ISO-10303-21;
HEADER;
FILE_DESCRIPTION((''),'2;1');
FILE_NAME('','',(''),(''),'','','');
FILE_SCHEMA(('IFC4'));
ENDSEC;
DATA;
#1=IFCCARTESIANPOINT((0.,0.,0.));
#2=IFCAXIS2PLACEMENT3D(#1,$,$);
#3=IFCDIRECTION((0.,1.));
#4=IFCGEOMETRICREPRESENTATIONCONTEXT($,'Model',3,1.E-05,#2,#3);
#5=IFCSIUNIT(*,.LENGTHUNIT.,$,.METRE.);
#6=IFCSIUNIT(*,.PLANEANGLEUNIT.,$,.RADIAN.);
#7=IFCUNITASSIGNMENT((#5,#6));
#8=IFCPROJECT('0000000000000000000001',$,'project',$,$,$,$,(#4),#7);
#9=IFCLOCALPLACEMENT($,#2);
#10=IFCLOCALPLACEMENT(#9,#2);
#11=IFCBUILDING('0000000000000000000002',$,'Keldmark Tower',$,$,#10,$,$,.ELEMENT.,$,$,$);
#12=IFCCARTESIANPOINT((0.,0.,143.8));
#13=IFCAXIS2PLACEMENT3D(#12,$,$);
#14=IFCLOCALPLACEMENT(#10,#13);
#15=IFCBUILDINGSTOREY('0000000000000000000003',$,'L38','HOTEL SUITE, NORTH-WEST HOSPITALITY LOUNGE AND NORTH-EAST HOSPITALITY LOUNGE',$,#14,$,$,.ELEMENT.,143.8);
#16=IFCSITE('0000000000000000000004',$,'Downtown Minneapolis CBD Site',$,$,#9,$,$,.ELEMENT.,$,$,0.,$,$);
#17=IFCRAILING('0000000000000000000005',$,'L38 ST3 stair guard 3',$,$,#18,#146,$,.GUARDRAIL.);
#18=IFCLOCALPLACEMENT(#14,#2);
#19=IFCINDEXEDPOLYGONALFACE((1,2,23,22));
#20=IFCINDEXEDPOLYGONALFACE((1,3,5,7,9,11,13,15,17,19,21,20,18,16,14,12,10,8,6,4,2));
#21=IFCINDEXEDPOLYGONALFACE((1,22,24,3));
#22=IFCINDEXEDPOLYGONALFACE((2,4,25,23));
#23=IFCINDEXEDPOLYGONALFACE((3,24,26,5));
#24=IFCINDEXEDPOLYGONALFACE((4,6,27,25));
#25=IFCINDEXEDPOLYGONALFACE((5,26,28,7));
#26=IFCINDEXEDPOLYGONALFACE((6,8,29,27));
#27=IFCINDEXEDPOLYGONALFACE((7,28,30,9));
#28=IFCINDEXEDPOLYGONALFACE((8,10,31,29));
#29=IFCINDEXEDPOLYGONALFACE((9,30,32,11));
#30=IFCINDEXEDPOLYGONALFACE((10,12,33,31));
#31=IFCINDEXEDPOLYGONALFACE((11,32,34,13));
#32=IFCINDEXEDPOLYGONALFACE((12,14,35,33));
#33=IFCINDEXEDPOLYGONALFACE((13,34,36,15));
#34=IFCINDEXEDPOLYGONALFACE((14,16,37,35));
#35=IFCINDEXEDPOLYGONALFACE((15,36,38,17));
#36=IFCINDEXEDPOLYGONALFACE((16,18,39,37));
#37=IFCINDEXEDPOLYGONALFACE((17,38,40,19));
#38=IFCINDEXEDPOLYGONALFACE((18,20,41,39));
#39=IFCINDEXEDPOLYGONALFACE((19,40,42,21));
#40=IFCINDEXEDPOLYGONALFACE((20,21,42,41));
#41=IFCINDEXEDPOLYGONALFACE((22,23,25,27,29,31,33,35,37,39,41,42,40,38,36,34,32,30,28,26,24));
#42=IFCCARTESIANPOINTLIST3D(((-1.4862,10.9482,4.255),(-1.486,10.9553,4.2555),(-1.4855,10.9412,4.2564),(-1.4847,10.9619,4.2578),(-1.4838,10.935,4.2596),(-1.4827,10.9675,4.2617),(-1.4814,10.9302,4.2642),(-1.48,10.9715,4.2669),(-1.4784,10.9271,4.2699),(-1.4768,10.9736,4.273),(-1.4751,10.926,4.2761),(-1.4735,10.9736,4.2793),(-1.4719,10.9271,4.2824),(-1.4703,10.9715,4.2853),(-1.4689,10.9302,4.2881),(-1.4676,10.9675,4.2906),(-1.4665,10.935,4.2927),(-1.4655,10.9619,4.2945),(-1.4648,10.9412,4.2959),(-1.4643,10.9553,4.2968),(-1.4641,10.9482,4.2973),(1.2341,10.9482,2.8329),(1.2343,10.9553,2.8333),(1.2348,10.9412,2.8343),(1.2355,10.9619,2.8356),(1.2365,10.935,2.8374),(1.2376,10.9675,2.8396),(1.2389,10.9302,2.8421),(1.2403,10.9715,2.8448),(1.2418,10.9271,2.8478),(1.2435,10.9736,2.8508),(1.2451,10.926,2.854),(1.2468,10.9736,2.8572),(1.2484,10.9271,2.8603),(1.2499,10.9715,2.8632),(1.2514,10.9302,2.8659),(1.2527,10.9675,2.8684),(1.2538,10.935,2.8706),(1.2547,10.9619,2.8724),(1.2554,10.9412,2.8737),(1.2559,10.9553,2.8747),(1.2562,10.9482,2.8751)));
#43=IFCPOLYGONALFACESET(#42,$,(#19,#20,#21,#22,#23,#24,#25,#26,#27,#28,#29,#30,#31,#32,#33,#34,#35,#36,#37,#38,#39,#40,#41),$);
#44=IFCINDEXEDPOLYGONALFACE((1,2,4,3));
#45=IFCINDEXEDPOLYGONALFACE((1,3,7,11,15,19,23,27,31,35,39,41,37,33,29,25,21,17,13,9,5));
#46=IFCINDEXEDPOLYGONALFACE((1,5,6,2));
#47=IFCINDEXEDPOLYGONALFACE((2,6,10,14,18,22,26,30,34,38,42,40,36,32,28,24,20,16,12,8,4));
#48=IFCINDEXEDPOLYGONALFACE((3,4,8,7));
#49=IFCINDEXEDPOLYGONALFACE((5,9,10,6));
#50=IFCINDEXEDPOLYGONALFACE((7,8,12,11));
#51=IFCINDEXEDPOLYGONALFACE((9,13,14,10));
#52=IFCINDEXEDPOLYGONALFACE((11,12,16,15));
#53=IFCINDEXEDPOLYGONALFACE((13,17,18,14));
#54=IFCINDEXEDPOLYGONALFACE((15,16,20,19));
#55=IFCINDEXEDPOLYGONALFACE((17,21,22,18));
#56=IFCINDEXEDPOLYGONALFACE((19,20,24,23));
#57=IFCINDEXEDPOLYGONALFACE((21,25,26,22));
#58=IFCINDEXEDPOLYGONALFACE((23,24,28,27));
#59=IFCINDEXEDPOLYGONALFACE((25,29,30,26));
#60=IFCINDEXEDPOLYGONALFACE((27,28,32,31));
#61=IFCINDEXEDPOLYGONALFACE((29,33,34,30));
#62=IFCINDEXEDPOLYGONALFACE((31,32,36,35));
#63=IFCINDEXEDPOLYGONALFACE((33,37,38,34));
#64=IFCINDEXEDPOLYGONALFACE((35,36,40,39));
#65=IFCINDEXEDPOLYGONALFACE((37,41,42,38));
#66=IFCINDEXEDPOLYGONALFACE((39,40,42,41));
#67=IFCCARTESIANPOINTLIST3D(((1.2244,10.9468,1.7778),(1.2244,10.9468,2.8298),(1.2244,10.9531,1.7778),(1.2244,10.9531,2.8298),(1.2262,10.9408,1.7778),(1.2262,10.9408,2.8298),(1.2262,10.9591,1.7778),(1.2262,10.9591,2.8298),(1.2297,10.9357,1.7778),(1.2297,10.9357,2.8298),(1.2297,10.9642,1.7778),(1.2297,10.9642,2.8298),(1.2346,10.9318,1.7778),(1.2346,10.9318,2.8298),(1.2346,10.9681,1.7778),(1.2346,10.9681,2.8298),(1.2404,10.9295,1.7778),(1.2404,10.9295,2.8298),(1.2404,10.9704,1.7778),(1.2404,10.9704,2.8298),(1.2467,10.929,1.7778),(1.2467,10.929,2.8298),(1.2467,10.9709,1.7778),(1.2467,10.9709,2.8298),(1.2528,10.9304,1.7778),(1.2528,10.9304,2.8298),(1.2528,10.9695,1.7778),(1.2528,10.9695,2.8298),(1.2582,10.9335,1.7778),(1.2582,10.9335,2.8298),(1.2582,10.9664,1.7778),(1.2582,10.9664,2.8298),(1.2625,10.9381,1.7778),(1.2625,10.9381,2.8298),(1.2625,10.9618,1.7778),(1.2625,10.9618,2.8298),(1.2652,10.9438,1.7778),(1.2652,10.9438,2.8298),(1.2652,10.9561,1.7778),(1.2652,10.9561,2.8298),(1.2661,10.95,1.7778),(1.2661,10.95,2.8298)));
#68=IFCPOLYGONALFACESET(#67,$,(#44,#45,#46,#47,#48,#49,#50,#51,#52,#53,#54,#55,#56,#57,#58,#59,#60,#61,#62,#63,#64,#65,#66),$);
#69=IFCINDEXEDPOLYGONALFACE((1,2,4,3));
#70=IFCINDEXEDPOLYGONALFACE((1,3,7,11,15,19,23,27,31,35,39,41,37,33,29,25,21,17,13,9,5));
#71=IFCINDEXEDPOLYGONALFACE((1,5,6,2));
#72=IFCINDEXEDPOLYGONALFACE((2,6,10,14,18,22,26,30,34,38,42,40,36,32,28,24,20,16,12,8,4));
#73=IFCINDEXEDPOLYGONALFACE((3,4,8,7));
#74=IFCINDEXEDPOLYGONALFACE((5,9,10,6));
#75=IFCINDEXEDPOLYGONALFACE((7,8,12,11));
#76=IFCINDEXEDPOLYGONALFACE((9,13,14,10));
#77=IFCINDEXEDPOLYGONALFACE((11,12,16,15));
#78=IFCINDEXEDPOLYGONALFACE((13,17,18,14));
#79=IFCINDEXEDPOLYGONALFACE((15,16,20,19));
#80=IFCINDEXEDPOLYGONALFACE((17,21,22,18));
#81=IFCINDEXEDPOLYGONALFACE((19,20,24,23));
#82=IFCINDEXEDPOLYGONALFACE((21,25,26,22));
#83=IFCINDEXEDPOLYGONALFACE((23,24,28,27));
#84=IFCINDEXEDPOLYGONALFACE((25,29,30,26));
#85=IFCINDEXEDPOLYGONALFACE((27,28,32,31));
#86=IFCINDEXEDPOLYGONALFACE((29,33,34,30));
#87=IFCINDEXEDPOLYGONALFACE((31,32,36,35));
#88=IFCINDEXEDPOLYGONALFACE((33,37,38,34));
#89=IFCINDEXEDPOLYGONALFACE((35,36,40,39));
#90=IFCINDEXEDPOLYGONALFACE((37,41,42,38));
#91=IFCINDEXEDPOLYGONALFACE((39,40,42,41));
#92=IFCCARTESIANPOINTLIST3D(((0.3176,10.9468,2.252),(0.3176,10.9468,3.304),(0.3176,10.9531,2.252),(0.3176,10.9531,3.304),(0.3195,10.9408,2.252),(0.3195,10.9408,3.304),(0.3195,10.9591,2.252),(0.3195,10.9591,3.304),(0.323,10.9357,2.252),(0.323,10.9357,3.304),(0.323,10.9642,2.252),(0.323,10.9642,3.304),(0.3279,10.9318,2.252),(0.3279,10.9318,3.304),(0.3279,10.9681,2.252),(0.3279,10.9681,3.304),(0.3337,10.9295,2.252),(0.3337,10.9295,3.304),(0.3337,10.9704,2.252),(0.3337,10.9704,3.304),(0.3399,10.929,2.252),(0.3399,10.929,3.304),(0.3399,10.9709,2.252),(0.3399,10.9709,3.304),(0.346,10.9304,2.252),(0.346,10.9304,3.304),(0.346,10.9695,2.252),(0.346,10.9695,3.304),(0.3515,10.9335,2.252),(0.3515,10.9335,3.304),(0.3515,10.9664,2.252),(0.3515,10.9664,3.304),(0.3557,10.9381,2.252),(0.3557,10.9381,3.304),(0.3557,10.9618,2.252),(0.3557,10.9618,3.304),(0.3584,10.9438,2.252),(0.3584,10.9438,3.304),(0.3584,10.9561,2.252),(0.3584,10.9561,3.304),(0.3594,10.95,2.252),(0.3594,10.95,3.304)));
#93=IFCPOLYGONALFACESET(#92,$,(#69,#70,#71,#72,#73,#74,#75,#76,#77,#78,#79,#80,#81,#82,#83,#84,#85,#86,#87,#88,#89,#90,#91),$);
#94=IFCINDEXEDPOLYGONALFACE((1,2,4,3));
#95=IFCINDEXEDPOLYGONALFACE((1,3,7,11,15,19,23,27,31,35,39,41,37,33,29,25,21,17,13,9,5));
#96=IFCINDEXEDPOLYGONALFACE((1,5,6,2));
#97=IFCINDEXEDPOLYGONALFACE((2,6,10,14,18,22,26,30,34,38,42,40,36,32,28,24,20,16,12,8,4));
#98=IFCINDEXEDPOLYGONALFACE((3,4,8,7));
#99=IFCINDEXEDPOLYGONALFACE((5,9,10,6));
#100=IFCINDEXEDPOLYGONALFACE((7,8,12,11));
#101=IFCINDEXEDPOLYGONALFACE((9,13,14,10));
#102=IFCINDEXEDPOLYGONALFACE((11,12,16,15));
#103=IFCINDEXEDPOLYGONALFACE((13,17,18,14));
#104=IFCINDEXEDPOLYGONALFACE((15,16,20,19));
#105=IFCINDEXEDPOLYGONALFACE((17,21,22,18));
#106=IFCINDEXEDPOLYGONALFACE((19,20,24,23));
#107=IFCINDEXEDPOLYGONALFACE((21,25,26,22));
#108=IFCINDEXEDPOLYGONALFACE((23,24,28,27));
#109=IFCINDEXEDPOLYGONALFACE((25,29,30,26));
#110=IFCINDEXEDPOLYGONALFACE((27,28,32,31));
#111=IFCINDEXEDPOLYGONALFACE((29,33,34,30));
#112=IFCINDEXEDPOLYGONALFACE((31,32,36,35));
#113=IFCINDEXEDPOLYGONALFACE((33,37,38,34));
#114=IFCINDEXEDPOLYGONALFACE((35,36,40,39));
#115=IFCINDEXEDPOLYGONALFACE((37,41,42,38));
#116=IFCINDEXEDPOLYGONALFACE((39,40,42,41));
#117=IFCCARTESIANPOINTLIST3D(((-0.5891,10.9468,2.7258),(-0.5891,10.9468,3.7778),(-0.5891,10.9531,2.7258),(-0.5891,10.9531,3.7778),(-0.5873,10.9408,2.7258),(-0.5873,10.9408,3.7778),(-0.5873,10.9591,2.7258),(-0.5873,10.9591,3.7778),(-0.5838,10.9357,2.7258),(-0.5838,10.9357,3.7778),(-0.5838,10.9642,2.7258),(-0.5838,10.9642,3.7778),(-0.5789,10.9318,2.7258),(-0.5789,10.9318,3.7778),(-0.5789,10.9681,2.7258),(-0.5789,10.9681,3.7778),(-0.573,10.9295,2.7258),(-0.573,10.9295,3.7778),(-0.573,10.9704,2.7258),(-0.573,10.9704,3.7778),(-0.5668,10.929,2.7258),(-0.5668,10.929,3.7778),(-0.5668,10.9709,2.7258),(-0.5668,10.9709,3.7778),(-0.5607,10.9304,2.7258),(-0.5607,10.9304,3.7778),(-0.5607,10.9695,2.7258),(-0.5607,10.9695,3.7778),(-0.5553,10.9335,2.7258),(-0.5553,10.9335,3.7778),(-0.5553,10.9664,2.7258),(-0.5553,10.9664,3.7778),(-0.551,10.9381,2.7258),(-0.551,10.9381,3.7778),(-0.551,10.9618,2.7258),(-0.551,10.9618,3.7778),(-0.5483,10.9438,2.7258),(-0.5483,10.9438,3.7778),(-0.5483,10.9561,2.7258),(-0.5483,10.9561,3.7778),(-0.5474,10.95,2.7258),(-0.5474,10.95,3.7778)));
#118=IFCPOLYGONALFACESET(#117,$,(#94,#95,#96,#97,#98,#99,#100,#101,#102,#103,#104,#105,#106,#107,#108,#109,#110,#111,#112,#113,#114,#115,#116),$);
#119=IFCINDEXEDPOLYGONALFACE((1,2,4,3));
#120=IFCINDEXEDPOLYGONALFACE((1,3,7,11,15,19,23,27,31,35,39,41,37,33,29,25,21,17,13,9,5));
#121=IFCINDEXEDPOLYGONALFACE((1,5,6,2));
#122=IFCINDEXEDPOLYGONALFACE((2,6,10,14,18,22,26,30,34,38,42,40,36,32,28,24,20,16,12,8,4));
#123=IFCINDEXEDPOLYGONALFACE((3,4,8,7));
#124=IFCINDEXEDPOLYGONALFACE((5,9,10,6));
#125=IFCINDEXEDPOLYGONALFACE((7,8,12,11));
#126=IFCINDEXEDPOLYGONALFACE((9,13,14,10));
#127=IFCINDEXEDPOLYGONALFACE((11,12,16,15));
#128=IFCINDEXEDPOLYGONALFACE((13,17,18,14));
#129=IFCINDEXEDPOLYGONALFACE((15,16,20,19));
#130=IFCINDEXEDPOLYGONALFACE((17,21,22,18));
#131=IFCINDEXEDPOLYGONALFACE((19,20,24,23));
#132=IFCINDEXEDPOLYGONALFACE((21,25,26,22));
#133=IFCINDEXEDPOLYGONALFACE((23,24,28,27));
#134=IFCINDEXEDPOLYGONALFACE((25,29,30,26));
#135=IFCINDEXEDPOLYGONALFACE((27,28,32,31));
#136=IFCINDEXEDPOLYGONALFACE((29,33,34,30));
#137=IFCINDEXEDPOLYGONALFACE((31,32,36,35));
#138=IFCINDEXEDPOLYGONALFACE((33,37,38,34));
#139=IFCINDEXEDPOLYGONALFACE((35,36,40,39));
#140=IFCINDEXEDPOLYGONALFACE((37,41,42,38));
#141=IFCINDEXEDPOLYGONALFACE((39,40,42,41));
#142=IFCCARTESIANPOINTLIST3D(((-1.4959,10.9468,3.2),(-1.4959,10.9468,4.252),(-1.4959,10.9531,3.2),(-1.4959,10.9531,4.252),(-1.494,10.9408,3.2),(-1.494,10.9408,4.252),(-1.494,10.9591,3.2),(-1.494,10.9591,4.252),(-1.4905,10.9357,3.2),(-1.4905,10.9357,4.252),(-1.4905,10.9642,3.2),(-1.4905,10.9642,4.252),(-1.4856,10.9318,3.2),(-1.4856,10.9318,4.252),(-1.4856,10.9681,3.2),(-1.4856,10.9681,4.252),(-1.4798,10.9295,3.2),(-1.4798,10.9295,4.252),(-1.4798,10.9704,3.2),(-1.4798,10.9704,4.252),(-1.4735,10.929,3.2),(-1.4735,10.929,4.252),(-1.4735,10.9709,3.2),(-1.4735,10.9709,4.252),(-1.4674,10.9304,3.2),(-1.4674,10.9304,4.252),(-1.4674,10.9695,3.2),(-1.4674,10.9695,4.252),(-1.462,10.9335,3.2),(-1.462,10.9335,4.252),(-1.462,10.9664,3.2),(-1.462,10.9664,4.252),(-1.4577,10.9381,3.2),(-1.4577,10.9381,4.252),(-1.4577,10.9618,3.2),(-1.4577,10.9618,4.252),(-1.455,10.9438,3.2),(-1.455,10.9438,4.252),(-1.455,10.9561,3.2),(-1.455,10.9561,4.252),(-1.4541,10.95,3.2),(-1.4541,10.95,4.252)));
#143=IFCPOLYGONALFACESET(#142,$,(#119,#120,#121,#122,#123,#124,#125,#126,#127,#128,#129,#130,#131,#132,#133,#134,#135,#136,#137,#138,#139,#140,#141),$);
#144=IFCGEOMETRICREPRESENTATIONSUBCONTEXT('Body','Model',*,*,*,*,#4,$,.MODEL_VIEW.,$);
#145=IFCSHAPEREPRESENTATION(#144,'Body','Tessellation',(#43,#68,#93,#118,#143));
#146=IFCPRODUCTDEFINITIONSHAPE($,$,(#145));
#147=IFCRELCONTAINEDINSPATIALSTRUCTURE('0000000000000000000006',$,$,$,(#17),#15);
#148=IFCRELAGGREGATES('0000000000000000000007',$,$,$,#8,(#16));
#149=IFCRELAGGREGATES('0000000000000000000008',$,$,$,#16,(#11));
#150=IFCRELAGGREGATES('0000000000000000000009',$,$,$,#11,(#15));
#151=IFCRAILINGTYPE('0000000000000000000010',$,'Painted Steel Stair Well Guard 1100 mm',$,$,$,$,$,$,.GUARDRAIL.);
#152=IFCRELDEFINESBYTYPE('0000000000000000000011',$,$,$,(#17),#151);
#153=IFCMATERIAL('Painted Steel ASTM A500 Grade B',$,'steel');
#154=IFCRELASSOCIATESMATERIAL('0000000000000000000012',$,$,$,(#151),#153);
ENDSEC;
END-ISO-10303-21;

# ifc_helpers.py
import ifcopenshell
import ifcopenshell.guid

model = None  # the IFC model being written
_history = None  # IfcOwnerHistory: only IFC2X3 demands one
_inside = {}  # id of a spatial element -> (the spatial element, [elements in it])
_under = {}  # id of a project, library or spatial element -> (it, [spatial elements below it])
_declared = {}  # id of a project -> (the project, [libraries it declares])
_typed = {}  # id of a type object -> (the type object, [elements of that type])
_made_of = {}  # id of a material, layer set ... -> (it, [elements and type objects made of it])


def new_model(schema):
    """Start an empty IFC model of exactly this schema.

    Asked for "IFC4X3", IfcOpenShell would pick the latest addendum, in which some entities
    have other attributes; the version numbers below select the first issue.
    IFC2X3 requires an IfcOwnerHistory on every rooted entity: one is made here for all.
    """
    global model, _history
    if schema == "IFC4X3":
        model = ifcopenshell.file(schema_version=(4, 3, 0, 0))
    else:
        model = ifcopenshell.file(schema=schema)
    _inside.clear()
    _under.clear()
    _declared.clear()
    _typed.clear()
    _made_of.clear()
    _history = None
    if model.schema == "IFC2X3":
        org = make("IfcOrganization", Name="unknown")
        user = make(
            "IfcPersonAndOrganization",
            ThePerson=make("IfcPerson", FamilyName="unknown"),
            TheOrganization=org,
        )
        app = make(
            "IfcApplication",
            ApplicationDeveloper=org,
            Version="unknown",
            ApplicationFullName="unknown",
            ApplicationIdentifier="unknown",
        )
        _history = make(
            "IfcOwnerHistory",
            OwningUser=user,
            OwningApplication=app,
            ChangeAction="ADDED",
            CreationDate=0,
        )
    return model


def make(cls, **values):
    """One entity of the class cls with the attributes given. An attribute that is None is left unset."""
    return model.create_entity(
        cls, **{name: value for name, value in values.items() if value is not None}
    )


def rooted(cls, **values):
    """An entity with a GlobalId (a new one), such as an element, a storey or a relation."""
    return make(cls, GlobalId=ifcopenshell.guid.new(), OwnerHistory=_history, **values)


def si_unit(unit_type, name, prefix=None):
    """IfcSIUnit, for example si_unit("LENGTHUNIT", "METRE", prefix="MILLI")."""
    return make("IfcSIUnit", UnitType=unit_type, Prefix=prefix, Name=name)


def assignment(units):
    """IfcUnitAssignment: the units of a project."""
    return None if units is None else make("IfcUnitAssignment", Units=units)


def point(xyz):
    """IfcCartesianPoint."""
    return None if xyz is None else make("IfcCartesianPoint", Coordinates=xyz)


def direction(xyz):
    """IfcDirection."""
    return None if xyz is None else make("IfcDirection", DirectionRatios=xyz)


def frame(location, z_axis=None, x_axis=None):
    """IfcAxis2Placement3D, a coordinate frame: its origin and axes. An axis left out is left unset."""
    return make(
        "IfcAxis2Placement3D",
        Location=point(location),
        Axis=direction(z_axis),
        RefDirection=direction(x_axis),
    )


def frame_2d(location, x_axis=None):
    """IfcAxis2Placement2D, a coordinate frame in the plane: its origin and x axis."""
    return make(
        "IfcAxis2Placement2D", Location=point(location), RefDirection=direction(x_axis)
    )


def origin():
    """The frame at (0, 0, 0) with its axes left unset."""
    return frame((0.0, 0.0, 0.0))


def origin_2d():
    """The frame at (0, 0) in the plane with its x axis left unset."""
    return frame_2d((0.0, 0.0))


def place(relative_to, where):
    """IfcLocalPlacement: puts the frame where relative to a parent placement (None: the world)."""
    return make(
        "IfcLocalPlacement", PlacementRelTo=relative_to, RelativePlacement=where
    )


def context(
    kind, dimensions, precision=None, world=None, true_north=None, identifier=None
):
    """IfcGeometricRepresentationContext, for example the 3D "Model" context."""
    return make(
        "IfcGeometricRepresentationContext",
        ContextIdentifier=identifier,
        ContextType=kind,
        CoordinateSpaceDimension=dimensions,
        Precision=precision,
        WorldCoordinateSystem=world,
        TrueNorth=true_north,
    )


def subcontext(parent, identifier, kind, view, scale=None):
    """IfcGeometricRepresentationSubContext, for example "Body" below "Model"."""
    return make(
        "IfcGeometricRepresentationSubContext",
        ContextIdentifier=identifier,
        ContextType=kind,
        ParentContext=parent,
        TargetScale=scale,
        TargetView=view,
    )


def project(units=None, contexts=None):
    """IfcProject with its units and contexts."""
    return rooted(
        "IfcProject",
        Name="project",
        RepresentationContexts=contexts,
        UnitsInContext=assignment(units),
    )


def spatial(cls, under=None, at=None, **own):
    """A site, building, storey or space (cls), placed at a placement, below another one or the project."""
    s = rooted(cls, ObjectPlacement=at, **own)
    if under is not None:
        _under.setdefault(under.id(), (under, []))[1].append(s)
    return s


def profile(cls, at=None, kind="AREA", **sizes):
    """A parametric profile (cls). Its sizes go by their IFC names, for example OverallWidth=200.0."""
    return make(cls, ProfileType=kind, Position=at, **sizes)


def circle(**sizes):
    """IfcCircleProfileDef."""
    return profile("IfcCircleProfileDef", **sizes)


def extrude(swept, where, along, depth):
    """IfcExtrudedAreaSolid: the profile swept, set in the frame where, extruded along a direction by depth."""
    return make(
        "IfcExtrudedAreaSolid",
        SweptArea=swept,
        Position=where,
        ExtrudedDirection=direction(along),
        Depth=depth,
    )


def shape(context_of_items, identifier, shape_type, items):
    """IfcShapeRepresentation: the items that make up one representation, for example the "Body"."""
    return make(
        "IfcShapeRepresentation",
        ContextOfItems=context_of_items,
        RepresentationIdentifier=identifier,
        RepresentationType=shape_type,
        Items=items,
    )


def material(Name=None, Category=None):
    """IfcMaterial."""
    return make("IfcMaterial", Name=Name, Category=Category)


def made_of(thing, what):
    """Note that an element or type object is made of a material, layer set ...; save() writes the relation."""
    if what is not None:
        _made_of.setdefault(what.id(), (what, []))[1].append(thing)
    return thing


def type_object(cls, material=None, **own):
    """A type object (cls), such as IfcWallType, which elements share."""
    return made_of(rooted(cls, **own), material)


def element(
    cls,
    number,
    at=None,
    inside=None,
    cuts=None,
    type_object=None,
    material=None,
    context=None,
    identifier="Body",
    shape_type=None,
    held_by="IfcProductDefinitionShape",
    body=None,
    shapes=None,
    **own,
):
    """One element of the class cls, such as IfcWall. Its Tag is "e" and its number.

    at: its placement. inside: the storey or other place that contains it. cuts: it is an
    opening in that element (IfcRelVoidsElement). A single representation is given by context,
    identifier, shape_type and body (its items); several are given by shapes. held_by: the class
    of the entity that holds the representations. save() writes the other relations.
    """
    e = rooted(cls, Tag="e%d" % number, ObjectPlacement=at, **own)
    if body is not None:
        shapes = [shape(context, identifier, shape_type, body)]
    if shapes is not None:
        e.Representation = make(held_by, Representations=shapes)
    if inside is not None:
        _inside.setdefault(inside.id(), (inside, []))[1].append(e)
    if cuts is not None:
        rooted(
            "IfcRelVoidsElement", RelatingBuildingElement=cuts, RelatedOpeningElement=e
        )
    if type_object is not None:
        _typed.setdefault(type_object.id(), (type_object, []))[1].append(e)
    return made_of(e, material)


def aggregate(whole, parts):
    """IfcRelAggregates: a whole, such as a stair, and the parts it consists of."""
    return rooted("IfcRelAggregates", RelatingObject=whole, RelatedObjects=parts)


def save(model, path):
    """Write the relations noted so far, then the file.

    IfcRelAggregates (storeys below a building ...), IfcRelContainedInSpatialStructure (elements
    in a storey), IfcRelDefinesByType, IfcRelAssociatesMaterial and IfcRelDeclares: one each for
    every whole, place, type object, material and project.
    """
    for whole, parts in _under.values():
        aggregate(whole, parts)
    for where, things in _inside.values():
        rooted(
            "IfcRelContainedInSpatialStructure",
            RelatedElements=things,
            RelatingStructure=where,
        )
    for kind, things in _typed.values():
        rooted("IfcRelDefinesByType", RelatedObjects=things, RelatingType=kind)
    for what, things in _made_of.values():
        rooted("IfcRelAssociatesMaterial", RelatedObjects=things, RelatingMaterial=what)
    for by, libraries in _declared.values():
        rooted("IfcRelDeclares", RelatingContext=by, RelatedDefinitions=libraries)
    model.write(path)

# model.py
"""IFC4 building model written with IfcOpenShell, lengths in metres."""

from ifc_helpers import new_model, si_unit, direction, frame, origin, origin_2d, place, context, subcontext, project, spatial, circle, extrude, material, type_object, element, save


model = new_model("IFC4")

# Units and contexts
model_context = context("Model", 3, precision=1e-05, world=origin(), true_north=direction((0.0, 1.0)))
body_context = subcontext(model_context, "Body", "Model", "MODEL_VIEW")
ifc_project = project(units=[si_unit("LENGTHUNIT", "METRE"), si_unit("PLANEANGLEUNIT", "RADIAN")], contexts=[model_context])

# Site, building, storey
site_placement = place(None, origin())
site = spatial("IfcSite", under=ifc_project, at=site_placement, Name="Downtown Minneapolis CBD Site", CompositionType="ELEMENT", RefElevation=0.0)
building_placement = place(site_placement, origin())
building = spatial("IfcBuilding", under=site, at=building_placement, Name="Keldmark Tower", CompositionType="ELEMENT")
storey_placement = place(building_placement, frame((0.0, 0.0, 143.8)))
storey = spatial("IfcBuildingStorey", under=building, at=storey_placement, Name="L38", Description="HOTEL SUITE, NORTH-WEST HOSPITALITY LOUNGE AND NORTH-EAST HOSPITALITY LOUNGE", CompositionType="ELEMENT", Elevation=143.8)

# Railing
ifc_material_1 = material(Name="Painted Steel ASTM A500 Grade B", Category="steel")
railing_type_1 = type_object("IfcRailingType", Name="Painted Steel Stair Well Guard 1100 mm", PredefinedType="GUARDRAIL", material=ifc_material_1)
railing_1_placement = place(storey_placement, frame((1.2451, 10.95, 1.7778)))
element("IfcRailing", 1, at=railing_1_placement, inside=storey, type_object=railing_type_1, Name="L38 ST3 stair guard 3", PredefinedType="GUARDRAIL", context=body_context, shape_type="SweptSolid", body=[
    extrude(circle(Radius=0.0239, at=origin_2d()), frame((0.0, 0.0, 1.0762), z_axis=(-0.8862, 0.0, 0.463302), x_axis=(0.0, -1.0, 0.0)), (0.0, 0.0, 1.0), 3.0696),
    extrude(circle(Radius=0.021, at=origin_2d()), origin(), (0.0, 0.0, 1.0), 1.052),
    extrude(circle(Radius=0.021, at=origin_2d()), frame((-0.9067, 0.0, 0.4741)), (0.0, 0.0, 1.0), 1.052),
    extrude(circle(Radius=0.021, at=origin_2d()), frame((-1.8135, 0.0, 0.948)), (0.0, 0.0, 1.0), 1.052),
    extrude(circle(Radius=0.021, at=origin_2d()), frame((-2.7202, 0.0, 1.4221)), (0.0, 0.0, 1.0), 1.052),
])

save(model, "model.ifc")
